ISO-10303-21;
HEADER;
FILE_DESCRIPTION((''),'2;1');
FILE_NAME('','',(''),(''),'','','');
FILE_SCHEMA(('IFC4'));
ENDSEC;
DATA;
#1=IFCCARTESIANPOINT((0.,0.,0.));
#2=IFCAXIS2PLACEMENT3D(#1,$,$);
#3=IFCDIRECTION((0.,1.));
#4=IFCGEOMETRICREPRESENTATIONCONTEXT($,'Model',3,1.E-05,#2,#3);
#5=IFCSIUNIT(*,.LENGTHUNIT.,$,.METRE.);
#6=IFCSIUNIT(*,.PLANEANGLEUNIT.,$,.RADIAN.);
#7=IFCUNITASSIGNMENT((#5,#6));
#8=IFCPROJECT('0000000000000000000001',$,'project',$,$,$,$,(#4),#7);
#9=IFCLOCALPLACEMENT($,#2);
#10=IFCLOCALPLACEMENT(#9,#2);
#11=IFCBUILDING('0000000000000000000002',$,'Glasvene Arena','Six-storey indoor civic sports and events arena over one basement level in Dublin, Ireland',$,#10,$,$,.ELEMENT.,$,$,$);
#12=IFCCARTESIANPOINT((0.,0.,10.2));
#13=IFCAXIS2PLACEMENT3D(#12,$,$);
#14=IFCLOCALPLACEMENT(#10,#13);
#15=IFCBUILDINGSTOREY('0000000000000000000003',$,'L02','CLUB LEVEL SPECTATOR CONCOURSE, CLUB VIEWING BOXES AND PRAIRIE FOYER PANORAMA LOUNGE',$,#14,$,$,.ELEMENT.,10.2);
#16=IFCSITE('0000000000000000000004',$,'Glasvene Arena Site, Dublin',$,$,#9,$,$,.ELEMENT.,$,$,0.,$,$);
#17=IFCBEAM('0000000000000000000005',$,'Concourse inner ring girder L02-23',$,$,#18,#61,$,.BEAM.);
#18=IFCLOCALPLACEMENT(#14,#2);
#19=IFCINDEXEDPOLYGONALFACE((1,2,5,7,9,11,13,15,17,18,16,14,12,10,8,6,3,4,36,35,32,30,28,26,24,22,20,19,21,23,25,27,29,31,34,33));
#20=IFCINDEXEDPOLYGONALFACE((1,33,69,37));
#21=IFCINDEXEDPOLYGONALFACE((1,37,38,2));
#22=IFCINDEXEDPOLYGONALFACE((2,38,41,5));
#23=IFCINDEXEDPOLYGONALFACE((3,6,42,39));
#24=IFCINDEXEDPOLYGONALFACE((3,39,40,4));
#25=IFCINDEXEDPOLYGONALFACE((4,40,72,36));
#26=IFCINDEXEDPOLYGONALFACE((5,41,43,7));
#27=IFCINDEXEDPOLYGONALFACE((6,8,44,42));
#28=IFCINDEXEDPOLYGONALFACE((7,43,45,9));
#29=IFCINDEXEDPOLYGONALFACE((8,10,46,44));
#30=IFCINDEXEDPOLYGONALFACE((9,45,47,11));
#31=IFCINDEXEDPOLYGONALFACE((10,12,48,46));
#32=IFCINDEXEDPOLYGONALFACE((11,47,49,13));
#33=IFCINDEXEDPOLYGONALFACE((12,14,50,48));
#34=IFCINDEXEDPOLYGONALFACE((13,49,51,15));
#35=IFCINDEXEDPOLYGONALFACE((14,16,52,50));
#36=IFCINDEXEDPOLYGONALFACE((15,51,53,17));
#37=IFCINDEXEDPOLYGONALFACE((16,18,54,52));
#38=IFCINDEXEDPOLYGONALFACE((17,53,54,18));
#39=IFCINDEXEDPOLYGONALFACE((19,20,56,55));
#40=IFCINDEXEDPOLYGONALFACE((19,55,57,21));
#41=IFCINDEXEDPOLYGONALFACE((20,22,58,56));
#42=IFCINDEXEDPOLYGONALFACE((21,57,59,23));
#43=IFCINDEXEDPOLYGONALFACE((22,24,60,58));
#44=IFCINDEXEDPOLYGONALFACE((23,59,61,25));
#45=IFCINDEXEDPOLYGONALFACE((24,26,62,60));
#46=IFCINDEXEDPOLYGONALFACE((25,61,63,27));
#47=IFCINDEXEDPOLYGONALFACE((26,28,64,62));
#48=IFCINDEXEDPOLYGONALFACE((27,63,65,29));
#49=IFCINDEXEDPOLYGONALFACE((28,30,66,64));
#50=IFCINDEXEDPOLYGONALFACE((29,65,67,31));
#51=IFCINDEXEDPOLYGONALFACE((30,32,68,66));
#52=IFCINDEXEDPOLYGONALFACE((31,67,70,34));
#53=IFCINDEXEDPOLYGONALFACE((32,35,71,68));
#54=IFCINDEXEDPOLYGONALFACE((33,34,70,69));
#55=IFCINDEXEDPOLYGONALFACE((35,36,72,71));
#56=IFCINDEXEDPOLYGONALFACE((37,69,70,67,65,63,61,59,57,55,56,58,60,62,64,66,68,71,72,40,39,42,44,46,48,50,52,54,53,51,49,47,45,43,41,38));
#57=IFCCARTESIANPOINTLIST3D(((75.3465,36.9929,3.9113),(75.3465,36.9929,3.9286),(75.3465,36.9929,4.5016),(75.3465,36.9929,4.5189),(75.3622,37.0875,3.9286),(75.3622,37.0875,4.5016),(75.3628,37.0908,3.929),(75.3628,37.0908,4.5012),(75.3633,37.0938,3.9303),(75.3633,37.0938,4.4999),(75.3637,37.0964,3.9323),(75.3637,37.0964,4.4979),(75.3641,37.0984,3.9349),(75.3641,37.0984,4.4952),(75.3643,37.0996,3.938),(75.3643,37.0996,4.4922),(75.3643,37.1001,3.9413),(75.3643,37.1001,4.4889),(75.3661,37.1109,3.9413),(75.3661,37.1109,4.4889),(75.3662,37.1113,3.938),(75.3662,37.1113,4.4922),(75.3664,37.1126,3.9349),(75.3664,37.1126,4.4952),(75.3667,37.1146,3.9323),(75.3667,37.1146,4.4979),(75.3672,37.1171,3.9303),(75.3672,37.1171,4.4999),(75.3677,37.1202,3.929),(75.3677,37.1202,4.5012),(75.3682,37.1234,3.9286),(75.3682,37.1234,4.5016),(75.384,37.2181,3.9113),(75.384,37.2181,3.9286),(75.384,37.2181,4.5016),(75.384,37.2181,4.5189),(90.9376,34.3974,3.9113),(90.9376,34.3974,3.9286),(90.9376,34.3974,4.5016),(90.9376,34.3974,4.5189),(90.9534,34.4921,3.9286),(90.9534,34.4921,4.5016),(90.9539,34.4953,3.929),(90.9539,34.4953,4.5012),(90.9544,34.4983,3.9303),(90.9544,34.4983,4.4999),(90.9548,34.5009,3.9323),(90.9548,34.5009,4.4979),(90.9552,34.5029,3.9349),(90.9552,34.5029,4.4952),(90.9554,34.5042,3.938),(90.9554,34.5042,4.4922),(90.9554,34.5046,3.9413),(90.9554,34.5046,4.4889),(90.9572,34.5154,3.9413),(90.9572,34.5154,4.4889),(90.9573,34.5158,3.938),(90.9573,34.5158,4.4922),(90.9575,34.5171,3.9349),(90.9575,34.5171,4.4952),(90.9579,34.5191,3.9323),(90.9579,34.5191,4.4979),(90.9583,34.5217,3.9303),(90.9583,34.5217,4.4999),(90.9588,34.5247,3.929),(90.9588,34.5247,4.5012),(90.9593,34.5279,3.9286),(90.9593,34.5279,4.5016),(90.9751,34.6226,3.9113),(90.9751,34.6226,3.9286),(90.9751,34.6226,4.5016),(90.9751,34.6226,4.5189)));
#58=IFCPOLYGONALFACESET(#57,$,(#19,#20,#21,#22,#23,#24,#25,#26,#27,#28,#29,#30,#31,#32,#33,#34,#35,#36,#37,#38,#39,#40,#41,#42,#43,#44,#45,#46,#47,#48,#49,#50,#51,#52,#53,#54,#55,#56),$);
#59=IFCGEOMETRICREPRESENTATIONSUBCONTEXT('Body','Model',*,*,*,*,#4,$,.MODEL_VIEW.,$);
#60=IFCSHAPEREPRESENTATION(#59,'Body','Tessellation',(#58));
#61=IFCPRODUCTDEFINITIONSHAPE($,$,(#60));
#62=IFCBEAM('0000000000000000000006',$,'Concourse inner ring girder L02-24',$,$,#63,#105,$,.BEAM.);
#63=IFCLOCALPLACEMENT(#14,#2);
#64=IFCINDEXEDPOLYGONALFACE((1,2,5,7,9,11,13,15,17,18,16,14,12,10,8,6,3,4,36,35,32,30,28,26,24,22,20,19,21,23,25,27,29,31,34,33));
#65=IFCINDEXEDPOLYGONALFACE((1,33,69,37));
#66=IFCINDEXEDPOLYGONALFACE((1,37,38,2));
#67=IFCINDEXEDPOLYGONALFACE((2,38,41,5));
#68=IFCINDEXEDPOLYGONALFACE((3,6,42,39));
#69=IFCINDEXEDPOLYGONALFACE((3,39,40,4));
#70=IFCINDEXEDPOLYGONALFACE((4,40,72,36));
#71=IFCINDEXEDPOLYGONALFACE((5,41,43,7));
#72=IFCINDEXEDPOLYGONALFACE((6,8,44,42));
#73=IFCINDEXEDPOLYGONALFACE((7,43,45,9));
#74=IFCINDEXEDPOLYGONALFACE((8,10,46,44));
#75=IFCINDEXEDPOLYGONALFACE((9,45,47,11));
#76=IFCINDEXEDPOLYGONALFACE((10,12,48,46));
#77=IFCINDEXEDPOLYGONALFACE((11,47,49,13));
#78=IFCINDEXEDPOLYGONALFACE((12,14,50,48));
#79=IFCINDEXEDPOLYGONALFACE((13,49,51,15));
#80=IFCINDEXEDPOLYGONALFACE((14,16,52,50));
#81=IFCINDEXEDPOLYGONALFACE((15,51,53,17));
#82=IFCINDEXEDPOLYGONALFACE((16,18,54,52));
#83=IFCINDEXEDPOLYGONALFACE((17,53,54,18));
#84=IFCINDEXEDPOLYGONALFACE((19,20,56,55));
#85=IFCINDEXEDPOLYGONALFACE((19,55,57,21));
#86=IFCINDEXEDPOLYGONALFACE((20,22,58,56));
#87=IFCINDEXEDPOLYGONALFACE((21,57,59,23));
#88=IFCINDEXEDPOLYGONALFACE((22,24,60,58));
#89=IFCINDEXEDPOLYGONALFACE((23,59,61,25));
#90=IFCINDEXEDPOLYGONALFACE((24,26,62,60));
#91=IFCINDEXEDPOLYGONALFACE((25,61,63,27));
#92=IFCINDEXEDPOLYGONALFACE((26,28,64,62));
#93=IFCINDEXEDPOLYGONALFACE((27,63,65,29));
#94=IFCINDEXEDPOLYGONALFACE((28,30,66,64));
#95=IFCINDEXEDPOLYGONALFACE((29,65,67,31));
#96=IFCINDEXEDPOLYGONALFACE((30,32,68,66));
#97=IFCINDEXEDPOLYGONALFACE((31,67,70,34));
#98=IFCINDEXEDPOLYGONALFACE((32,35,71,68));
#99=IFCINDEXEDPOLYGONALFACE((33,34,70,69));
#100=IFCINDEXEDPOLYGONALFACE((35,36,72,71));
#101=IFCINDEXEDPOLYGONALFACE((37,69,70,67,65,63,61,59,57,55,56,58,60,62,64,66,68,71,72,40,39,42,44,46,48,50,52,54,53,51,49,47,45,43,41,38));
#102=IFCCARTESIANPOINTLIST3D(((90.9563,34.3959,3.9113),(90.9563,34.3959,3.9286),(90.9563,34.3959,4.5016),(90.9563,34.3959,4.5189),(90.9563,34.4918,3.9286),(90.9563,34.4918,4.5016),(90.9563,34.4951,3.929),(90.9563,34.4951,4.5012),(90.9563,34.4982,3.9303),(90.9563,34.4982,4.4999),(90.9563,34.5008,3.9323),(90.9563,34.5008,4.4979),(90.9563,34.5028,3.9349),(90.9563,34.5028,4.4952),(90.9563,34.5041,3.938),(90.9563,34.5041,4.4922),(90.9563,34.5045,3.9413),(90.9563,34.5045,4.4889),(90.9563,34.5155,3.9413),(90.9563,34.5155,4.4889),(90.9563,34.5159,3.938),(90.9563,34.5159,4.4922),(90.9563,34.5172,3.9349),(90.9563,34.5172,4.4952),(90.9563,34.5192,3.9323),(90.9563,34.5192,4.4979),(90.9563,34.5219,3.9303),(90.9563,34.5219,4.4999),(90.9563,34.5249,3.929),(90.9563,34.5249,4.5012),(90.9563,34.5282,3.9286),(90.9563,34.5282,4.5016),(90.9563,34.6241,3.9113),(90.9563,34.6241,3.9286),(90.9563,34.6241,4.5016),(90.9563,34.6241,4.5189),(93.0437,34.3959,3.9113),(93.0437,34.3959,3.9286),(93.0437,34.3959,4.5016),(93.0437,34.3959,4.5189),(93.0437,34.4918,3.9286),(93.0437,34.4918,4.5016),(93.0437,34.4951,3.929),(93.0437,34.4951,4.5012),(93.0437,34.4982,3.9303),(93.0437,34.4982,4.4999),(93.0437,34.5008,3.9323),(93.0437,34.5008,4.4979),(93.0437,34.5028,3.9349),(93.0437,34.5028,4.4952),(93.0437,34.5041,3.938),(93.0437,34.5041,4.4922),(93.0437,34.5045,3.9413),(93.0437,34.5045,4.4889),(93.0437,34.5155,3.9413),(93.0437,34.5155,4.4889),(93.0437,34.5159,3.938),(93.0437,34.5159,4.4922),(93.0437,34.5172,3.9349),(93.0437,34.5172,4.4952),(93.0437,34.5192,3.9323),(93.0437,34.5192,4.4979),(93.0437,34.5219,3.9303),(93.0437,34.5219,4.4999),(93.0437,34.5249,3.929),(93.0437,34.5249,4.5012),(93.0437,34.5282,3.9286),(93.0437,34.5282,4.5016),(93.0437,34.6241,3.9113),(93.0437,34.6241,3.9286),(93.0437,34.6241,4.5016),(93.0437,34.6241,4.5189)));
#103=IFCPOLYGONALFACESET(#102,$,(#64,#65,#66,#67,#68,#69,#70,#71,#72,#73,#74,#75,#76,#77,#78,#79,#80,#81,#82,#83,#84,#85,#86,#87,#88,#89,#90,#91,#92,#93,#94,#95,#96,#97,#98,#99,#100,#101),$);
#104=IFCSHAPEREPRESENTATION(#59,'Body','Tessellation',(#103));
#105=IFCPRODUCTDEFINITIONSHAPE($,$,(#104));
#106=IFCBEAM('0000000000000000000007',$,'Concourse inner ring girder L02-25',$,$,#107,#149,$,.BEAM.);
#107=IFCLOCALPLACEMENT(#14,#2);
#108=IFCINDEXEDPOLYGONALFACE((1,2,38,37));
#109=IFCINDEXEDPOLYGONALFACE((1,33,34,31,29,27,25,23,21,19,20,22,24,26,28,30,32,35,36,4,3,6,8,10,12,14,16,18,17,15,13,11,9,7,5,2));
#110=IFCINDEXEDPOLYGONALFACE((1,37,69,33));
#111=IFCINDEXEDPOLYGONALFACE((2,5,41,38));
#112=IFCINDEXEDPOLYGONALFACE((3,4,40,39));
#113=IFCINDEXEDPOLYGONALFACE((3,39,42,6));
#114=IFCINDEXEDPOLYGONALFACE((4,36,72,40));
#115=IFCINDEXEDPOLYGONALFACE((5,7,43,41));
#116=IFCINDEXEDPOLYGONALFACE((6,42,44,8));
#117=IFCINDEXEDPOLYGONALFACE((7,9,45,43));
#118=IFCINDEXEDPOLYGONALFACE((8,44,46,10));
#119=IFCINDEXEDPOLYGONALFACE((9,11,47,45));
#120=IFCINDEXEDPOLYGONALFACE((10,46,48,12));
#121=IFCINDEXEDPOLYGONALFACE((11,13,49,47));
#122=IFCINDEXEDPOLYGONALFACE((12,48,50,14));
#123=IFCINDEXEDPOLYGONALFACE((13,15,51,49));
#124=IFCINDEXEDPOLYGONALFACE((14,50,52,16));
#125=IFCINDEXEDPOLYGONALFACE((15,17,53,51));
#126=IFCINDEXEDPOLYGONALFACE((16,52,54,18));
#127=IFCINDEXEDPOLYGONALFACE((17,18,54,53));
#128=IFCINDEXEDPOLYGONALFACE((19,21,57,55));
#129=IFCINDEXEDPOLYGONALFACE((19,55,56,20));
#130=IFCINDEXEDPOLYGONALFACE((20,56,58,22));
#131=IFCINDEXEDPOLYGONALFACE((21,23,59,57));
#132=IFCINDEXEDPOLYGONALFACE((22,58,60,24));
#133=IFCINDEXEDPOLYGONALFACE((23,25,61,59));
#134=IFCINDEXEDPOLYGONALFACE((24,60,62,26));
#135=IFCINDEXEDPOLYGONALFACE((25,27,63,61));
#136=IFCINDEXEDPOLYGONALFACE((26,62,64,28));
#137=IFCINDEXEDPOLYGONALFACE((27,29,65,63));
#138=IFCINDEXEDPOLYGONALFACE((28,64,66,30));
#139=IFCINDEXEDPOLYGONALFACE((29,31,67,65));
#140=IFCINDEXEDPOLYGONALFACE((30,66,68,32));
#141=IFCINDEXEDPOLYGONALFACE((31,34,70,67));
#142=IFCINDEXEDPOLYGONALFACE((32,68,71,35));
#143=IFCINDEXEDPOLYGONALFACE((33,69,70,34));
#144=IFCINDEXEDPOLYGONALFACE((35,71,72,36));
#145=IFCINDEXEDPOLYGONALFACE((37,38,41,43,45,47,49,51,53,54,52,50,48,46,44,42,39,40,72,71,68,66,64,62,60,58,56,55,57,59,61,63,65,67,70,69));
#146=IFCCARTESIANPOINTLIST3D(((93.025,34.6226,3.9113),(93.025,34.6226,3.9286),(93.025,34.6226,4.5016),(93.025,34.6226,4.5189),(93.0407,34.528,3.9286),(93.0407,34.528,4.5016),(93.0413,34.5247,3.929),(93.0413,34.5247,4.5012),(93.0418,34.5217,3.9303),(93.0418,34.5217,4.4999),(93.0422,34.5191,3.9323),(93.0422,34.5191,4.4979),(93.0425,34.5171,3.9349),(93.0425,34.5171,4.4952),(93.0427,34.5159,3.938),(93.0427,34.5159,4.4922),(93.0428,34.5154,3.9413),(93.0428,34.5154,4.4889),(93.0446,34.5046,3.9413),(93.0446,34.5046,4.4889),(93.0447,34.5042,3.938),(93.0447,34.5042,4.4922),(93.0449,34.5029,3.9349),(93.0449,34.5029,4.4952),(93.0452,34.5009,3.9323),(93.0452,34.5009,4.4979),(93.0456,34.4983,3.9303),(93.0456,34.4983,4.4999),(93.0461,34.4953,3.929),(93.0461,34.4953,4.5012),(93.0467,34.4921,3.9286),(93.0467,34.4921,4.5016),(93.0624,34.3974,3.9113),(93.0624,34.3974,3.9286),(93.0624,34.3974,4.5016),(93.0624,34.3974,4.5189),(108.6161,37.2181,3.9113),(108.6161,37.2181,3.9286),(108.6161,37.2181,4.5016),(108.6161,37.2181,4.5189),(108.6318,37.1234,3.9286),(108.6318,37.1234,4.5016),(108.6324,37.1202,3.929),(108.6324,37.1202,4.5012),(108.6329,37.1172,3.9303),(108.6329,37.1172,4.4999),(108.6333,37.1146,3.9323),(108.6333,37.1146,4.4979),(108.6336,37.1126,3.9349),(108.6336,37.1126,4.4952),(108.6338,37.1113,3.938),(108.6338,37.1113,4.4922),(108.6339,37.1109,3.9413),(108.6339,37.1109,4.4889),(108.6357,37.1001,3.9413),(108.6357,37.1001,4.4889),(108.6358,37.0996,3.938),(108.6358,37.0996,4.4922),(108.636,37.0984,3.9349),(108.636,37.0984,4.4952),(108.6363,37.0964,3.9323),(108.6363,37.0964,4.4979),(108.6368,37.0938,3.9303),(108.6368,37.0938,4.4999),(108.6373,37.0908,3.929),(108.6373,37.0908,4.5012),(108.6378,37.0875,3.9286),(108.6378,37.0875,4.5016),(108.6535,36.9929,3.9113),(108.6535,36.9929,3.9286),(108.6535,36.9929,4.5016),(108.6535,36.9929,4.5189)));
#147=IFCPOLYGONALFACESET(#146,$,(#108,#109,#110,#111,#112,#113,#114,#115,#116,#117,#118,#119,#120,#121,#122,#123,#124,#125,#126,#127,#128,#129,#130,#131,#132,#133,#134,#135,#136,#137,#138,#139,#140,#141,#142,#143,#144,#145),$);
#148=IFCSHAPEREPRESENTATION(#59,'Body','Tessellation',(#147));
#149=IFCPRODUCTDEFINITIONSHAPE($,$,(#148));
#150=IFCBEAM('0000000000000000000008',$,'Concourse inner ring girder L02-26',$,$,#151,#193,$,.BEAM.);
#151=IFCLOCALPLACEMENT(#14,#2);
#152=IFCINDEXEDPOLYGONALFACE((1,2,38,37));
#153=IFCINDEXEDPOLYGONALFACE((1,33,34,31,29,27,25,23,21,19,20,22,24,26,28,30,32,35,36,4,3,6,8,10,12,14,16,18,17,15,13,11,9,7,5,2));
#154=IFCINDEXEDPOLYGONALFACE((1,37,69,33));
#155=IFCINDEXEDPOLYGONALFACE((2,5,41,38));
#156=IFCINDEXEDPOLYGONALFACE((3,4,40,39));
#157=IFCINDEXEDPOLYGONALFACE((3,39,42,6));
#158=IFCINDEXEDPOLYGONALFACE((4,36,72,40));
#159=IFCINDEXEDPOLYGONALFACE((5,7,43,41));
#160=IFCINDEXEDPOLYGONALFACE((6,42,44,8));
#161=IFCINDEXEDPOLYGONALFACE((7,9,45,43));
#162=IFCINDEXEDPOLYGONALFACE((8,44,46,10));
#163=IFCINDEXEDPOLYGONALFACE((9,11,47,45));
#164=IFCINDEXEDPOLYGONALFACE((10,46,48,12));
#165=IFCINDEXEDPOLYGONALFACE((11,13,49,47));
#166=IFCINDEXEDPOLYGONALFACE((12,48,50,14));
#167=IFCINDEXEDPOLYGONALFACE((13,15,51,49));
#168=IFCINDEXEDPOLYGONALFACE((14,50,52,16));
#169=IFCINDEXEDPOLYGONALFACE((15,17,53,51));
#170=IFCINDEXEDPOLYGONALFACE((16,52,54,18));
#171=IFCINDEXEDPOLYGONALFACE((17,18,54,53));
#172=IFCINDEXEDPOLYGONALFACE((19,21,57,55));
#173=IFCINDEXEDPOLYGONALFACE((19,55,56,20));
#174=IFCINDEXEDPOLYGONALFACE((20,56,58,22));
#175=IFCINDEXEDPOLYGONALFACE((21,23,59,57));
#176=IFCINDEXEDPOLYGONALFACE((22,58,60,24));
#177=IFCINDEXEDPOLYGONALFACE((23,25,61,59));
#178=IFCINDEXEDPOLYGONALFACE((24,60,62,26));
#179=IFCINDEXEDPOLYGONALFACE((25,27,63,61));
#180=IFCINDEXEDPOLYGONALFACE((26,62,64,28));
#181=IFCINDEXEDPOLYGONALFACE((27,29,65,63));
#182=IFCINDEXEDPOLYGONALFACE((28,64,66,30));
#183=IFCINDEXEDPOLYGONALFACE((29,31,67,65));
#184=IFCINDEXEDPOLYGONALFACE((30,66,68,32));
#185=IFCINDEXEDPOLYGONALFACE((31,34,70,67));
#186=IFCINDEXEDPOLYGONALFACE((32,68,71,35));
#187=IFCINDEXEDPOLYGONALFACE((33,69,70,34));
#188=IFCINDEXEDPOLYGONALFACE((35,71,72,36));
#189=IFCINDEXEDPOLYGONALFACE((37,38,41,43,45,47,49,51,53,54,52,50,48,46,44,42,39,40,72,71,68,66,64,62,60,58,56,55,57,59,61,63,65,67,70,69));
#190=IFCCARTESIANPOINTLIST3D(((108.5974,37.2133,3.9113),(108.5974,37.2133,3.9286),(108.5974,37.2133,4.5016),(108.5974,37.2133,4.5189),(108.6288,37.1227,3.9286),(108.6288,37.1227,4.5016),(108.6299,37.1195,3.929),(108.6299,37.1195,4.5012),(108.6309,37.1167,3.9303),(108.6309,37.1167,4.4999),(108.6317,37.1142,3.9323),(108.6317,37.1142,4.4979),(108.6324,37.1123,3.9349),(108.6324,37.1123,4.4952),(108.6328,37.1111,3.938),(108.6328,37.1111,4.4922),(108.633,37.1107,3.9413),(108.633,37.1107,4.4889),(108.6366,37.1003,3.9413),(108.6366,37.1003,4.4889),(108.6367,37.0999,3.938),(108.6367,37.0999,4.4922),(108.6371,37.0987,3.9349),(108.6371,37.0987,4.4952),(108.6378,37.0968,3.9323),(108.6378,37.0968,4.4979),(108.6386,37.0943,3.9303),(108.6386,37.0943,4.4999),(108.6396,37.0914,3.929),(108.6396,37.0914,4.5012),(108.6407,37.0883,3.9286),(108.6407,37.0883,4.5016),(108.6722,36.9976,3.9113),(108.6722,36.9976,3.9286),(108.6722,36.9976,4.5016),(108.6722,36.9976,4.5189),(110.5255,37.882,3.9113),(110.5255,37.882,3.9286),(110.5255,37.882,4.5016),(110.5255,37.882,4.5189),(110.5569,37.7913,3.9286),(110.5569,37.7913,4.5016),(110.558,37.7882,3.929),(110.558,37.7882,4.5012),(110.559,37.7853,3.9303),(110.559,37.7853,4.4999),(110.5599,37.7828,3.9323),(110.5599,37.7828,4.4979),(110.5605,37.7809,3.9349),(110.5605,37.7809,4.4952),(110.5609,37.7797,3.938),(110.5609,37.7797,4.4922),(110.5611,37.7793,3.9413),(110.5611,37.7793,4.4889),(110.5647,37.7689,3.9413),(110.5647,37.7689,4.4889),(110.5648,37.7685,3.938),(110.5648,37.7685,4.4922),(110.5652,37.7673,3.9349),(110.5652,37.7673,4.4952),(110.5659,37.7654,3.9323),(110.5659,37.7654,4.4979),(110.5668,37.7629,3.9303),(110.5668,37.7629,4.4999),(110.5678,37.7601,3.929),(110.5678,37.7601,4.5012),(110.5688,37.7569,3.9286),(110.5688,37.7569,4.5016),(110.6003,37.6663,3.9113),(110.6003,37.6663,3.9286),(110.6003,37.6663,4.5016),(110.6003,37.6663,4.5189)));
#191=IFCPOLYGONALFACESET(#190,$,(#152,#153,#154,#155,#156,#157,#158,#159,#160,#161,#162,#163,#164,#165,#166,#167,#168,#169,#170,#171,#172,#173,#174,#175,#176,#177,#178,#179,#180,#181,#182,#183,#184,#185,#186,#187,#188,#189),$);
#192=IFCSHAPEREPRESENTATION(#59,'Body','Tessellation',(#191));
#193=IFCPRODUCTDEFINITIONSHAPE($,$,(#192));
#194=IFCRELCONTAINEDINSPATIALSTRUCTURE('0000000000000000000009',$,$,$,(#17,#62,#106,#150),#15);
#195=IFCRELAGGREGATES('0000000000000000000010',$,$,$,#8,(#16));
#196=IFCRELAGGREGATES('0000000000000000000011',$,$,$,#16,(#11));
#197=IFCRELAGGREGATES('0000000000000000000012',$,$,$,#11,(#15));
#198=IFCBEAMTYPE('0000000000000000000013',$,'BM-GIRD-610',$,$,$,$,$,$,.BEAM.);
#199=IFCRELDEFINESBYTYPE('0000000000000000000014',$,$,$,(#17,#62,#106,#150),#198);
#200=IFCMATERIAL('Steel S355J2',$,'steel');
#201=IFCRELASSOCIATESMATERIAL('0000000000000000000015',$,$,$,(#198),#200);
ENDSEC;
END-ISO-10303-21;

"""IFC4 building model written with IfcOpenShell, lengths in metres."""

from ifc_helpers import new_model, si_unit, direction, frame, origin, origin_2d, place, context, subcontext, project, spatial, i_section, extrude, material, material_profile, profile_set, type_object, element, save


model = new_model("IFC4")

# Units and contexts
model_context = context("Model", 3, precision=1e-05, world=origin(), true_north=direction((0.0, 1.0)))
body_context = subcontext(model_context, "Body", "Model", "MODEL_VIEW")
ifc_project = project(units=[si_unit("LENGTHUNIT", "METRE"), si_unit("PLANEANGLEUNIT", "RADIAN")], contexts=[model_context])

# Site, building, storey
site_placement = place(None, origin())
site = spatial("IfcSite", under=ifc_project, at=site_placement, Name="Glasvene Arena Site, Dublin", CompositionType="ELEMENT", RefElevation=0.0)
building_placement = place(site_placement, origin())
building = spatial("IfcBuilding", under=site, at=building_placement, Name="Glasvene Arena", Description="Six-storey indoor civic sports and events arena over one basement level in Dublin, Ireland", CompositionType="ELEMENT")
storey_placement = place(building_placement, frame((0.0, 0.0, 10.2)))
storey = spatial("IfcBuildingStorey", under=building, at=storey_placement, Name="L02", Description="CLUB LEVEL SPECTATOR CONCOURSE, CLUB VIEWING BOXES AND PRAIRIE FOYER PANORAMA LOUNGE", CompositionType="ELEMENT", Elevation=10.2)

# Shared definitions
ifc_material_1 = material(Name="Steel S355J2", Category="steel")

# Beams
ifc_material_profile_1 = material_profile(ifc_material_1, i_section(OverallWidth=0.2283, OverallDepth=0.6077, WebThickness=0.011, FlangeThickness=0.0173, FilletRadius=0.0127, at=origin_2d()), Name="UKB 610x229x113")
ifc_profile_set_1 = profile_set([ifc_material_profile_1], Name="Steel S355J2")
beam_type_1 = type_object("IfcBeamType", Name="BM-GIRD-610", PredefinedType="BEAM", material=ifc_profile_set_1)
beam_1_placement = place(storey_placement, frame((75.3652, 37.1055, 4.2151), z_axis=(0.986425, -0.164211, 0.0), x_axis=(0.164211, 0.986425, 0.0)))
element("IfcBeam", 1, at=beam_1_placement, inside=storey, type_object=beam_type_1, Name="Concourse inner ring girder L02-23", PredefinedType="BEAM", context=body_context, shape_type="SweptSolid", body=[
    extrude(i_section(OverallWidth=0.2283, OverallDepth=0.6077, WebThickness=0.011, FlangeThickness=0.0173, FilletRadius=0.0127, at=origin_2d()), origin(), (0.0, 0.0, 1.0), 15.8057),
])
beam_2_placement = place(storey_placement, frame((90.9563, 34.51, 4.2151), z_axis=(1.0, 0.0, 0.0), x_axis=(0.0, 1.0, 0.0)))
element("IfcBeam", 2, at=beam_2_placement, inside=storey, type_object=beam_type_1, Name="Concourse inner ring girder L02-24", PredefinedType="BEAM", context=body_context, shape_type="SweptSolid", body=[
    extrude(i_section(OverallWidth=0.2283, OverallDepth=0.6077, WebThickness=0.011, FlangeThickness=0.0173, FilletRadius=0.0127, at=origin_2d()), origin(), (0.0, 0.0, 1.0), 2.0874),
])
beam_3_placement = place(storey_placement, frame((93.0437, 34.51, 4.2151), z_axis=(0.986425, 0.164211, 0.0), x_axis=(-0.164211, 0.986425, 0.0)))
element("IfcBeam", 3, at=beam_3_placement, inside=storey, type_object=beam_type_1, Name="Concourse inner ring girder L02-25", PredefinedType="BEAM", context=body_context, shape_type="SweptSolid", body=[
    extrude(i_section(OverallWidth=0.2283, OverallDepth=0.6077, WebThickness=0.011, FlangeThickness=0.0173, FilletRadius=0.0127, at=origin_2d()), origin(), (0.0, 0.0, 1.0), 15.8057),
])
beam_4_placement = place(storey_placement, frame((108.6348, 37.1055, 4.2151), z_axis=(0.944798, 0.327653, 0.0), x_axis=(-0.327653, 0.944798, 0.0)))
element("IfcBeam", 4, at=beam_4_placement, inside=storey, type_object=beam_type_1, Name="Concourse inner ring girder L02-26", PredefinedType="BEAM", context=body_context, shape_type="SweptSolid", body=[
    extrude(i_section(OverallWidth=0.2283, OverallDepth=0.6077, WebThickness=0.011, FlangeThickness=0.0173, FilletRadius=0.0127, at=origin_2d()), origin(), (0.0, 0.0, 1.0), 2.0408),
])

save(model, "model.ifc")
